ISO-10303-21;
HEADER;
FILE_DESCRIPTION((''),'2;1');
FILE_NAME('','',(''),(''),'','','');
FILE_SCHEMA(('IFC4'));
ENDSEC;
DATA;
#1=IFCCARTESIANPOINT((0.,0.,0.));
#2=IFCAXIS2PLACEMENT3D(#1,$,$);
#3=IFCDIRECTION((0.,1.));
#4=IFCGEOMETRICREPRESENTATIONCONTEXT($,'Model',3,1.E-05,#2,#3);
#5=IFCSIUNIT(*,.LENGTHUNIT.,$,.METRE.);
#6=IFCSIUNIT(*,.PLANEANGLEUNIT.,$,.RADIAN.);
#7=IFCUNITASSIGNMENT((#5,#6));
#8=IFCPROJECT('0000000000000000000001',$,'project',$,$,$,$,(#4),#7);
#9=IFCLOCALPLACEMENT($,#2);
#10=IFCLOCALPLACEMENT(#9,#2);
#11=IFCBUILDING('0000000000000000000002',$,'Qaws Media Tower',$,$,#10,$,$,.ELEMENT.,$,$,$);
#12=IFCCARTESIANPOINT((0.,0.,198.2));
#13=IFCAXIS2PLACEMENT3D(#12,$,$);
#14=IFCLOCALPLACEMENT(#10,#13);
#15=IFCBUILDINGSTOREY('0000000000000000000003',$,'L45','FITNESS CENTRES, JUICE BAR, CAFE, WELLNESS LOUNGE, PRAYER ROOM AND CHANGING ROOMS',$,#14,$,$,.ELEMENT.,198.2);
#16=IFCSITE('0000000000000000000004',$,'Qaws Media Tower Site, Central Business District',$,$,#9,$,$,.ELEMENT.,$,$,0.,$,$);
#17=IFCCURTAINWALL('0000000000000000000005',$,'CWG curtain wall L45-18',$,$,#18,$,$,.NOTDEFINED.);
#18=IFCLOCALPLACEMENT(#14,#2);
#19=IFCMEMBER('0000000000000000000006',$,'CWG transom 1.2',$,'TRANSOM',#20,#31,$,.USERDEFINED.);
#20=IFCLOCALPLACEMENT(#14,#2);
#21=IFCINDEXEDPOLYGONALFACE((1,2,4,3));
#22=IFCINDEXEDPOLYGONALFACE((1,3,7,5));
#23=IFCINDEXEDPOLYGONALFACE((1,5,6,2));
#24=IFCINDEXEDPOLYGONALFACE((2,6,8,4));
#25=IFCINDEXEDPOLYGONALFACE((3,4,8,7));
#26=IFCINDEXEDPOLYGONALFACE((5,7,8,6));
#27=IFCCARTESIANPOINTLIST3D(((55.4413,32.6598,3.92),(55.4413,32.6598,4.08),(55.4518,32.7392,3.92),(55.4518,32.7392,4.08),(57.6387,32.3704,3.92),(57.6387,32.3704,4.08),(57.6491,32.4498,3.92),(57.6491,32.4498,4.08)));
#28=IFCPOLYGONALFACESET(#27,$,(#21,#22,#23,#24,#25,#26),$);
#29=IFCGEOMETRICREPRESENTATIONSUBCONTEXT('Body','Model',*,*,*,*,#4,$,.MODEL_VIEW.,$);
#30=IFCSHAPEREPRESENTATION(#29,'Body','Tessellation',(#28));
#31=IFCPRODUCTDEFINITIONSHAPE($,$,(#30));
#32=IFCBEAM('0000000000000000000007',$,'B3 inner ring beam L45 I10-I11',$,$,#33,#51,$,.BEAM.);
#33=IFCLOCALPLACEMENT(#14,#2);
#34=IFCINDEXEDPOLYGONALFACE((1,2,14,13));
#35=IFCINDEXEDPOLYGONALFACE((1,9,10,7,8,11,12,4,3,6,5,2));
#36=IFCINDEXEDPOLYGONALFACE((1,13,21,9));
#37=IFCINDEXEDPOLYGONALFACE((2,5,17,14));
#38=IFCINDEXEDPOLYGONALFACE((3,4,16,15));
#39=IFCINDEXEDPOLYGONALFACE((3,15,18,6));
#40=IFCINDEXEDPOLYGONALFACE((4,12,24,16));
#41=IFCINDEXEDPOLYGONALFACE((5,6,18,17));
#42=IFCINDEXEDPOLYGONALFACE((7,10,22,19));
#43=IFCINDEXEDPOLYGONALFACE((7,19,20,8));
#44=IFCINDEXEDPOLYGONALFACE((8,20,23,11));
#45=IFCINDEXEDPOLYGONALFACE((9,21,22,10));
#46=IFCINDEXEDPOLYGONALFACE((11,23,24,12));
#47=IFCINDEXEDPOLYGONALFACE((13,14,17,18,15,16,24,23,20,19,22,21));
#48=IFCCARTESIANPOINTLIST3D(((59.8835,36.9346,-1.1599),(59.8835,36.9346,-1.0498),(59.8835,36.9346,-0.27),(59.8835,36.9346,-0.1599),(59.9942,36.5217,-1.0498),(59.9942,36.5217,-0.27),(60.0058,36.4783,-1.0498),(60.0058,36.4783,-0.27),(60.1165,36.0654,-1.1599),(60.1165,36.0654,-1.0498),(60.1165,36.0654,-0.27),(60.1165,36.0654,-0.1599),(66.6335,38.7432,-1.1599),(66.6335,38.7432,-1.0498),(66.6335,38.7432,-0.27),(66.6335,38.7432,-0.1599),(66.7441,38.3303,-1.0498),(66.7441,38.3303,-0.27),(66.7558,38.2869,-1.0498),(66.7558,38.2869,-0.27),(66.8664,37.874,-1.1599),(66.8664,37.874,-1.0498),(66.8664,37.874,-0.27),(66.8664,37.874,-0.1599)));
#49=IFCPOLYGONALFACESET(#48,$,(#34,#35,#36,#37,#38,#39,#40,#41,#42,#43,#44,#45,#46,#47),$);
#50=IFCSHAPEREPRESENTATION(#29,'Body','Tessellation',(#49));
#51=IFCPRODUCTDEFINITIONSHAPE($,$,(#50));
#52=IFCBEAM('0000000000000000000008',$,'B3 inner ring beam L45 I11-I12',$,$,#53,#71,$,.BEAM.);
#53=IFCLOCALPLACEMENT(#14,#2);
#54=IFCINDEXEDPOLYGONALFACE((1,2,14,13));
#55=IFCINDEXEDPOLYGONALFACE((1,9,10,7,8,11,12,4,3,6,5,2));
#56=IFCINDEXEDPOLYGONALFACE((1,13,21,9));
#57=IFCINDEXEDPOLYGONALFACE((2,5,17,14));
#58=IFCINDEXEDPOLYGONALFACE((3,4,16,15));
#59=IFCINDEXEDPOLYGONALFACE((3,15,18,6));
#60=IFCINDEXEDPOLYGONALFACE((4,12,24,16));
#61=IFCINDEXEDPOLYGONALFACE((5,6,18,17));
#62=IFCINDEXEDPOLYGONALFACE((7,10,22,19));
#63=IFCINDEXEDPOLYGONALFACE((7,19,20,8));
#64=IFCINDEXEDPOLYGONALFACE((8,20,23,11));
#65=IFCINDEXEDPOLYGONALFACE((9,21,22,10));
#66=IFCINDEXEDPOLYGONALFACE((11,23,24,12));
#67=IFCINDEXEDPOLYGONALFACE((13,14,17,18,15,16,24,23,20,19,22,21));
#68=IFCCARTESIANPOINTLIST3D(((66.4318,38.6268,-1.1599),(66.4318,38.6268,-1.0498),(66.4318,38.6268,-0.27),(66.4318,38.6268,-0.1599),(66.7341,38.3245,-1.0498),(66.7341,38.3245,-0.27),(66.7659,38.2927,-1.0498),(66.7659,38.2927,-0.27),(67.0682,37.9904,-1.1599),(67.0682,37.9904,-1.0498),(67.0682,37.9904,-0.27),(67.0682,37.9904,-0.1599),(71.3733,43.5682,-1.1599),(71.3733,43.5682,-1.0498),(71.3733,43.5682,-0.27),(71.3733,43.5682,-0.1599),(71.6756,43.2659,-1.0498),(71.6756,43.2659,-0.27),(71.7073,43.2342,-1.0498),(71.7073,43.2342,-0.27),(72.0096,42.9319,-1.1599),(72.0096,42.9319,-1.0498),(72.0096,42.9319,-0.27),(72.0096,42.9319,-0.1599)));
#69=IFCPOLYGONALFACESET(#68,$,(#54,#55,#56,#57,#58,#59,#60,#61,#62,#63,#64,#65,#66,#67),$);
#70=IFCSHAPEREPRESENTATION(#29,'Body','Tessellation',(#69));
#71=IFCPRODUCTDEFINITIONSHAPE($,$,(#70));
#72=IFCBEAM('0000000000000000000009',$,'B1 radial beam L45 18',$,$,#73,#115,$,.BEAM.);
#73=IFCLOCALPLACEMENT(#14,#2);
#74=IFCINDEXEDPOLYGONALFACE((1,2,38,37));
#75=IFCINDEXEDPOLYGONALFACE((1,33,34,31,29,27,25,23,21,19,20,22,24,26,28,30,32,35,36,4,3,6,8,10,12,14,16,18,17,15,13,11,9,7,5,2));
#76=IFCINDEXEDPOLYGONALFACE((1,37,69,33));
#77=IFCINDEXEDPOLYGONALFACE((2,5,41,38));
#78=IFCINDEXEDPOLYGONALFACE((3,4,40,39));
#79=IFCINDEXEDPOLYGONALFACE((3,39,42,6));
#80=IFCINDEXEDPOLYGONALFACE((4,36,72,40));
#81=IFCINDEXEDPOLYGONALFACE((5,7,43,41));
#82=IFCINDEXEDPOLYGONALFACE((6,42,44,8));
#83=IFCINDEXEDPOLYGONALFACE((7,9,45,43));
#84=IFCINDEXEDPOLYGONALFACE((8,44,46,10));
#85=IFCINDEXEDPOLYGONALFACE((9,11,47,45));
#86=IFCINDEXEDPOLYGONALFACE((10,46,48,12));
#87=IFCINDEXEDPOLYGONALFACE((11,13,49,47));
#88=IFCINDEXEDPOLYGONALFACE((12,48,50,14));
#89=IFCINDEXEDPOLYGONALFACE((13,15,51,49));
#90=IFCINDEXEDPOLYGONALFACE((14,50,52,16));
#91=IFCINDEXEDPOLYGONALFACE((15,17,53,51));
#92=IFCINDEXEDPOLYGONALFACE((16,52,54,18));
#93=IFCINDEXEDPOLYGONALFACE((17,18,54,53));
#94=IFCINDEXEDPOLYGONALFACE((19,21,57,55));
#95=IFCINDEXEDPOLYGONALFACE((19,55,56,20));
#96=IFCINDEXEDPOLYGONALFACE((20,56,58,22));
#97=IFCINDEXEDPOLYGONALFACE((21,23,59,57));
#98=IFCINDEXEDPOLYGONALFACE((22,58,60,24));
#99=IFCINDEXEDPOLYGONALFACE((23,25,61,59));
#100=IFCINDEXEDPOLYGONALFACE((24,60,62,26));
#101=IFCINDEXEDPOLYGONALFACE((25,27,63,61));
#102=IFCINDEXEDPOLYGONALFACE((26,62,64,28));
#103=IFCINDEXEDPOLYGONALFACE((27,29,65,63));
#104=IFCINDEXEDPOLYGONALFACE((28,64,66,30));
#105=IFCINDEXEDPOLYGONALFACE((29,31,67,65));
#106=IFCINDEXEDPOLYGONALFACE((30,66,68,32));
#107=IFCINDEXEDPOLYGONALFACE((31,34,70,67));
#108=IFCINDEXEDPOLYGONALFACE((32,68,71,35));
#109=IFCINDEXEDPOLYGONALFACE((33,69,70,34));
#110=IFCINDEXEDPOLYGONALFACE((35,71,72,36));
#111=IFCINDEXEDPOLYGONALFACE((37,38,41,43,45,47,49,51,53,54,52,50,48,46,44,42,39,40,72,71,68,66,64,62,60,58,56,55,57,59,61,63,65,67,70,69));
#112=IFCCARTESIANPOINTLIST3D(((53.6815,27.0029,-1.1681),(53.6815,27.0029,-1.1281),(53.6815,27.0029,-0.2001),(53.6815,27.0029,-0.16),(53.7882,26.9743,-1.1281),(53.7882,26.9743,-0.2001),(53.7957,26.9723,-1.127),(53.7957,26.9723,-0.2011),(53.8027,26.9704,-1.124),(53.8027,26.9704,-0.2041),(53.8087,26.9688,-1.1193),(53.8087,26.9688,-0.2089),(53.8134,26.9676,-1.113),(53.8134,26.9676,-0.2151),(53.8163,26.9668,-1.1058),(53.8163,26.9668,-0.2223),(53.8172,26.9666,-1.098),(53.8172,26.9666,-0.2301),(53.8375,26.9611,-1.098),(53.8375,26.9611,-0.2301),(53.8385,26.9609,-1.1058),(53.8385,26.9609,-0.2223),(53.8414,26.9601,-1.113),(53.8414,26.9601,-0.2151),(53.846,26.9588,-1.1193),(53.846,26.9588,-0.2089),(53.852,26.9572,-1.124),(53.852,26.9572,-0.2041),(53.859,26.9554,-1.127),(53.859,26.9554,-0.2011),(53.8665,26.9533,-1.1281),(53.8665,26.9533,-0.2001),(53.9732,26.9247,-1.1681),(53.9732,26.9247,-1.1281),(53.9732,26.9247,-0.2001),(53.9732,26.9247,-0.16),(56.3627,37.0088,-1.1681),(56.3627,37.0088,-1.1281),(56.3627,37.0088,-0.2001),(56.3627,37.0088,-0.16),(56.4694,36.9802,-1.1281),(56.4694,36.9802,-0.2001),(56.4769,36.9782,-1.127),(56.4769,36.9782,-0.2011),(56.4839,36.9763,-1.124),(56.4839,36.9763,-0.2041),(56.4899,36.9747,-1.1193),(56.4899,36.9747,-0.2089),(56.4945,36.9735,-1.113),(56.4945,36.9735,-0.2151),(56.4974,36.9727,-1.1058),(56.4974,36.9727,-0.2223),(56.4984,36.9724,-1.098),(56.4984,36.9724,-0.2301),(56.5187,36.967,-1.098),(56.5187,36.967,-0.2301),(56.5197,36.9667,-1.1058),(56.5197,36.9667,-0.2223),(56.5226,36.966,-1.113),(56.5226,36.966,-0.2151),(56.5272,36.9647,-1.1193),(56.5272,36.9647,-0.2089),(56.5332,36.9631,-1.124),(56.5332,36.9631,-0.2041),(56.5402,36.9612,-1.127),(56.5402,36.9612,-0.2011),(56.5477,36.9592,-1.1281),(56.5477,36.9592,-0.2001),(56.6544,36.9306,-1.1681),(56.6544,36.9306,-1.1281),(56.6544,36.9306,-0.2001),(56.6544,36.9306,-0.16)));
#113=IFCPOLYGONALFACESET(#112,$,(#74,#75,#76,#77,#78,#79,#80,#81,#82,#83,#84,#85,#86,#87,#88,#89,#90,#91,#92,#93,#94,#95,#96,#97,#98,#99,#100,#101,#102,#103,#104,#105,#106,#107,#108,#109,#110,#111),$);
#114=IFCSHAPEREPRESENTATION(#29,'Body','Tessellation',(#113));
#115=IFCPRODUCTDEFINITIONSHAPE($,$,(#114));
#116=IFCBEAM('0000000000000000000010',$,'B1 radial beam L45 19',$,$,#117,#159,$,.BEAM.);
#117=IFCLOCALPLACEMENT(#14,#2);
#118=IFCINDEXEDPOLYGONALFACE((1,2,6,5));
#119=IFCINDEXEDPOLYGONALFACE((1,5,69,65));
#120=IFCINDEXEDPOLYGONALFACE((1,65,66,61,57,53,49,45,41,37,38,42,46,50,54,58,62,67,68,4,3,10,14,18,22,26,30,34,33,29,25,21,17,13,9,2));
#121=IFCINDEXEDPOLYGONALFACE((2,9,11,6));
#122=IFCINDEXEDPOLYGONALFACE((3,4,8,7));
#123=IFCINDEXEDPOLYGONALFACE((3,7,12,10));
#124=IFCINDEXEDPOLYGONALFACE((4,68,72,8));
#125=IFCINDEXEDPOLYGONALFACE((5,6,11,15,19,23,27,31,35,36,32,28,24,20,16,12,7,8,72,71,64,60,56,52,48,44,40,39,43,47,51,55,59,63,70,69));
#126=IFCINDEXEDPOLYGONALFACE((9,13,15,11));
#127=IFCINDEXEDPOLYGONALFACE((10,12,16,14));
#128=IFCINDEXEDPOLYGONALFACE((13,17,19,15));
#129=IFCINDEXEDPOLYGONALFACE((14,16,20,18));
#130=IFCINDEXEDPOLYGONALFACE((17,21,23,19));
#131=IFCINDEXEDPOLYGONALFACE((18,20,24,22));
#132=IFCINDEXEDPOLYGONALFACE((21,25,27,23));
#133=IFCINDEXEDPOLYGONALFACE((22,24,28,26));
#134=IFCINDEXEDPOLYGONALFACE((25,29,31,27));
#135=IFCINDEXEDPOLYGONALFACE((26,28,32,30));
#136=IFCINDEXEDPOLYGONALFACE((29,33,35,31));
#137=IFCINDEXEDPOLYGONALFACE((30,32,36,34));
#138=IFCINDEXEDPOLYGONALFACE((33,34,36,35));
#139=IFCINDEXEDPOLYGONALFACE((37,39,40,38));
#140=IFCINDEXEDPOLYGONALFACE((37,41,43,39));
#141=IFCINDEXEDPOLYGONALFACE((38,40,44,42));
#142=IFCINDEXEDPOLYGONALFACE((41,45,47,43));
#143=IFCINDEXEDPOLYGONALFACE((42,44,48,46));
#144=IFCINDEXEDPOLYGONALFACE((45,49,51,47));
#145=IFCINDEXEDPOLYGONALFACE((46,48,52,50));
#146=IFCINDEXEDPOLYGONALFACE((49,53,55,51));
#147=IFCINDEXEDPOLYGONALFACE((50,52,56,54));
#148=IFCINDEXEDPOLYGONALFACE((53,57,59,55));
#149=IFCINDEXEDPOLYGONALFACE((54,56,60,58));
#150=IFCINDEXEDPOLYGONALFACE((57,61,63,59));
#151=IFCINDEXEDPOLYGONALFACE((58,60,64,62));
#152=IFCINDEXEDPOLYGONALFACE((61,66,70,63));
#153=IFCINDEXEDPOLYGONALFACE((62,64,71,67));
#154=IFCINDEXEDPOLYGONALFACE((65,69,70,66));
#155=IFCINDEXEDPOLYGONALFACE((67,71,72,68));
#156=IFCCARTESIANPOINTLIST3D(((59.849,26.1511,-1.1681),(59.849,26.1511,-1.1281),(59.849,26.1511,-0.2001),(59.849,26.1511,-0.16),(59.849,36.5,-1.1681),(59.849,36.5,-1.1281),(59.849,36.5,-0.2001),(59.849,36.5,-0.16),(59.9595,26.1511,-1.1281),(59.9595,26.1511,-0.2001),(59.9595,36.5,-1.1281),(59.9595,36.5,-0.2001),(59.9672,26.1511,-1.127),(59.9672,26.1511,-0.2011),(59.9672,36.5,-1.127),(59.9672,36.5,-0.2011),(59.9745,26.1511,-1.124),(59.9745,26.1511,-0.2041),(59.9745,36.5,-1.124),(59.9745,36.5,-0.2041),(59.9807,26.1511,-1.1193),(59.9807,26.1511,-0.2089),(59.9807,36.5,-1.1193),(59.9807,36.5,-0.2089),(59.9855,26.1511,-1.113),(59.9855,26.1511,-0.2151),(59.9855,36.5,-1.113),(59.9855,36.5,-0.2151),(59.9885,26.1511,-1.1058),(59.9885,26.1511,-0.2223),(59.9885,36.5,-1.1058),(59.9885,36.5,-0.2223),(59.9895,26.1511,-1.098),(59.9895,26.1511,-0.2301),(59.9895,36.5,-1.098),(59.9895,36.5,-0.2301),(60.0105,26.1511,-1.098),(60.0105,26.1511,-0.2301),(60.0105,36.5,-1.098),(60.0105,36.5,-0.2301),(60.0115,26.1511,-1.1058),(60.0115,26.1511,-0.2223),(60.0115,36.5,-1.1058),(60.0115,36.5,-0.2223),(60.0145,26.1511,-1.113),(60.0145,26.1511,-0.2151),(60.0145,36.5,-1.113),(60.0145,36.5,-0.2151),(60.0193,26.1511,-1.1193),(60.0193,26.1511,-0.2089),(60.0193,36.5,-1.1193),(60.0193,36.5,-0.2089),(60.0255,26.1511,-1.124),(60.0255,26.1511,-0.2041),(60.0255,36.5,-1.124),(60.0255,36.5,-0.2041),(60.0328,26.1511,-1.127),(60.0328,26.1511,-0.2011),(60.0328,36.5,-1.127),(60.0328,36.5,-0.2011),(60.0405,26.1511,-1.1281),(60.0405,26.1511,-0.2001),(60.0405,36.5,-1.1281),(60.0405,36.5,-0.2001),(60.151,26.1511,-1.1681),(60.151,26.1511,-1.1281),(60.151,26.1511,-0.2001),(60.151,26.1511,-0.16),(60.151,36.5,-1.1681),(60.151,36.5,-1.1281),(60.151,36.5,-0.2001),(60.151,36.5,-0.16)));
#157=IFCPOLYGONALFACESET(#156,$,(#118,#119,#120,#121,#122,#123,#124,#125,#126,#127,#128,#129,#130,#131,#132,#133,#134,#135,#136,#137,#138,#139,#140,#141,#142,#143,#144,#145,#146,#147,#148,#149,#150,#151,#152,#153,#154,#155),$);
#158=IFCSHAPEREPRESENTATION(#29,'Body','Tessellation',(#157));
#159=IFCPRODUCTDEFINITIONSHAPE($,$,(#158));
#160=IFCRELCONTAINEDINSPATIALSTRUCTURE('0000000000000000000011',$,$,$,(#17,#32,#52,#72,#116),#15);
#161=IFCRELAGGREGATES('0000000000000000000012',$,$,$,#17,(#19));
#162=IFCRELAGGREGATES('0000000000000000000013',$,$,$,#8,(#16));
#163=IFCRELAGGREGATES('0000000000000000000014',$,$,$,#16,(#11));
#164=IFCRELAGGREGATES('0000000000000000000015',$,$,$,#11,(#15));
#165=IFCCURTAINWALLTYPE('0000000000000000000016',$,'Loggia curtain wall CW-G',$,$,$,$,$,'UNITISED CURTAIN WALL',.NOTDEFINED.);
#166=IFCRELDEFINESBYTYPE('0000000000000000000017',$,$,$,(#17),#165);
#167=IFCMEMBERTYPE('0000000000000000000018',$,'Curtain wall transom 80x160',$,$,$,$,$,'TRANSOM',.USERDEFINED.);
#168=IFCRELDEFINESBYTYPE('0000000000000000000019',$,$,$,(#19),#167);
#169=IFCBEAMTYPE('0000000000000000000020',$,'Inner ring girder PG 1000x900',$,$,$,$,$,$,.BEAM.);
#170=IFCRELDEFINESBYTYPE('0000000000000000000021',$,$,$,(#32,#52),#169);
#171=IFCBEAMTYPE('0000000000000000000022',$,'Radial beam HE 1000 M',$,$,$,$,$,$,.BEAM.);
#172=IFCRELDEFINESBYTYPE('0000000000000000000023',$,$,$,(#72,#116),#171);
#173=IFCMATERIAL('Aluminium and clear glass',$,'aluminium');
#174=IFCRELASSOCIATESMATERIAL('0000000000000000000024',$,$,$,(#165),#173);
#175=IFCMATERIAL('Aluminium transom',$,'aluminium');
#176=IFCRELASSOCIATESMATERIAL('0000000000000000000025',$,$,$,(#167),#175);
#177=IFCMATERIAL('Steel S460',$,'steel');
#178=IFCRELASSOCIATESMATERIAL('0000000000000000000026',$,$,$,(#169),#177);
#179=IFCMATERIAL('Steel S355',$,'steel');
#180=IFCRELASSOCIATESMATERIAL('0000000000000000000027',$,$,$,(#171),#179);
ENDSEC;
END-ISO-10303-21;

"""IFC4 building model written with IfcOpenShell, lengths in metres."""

from ifc_helpers import new_model, si_unit, direction, frame, origin, origin_2d, place, context, subcontext, project, spatial, rectangle, i_section, extrude, material, material_profile, profile_set, type_object, element, aggregate, save


model = new_model("IFC4")

# Units and contexts
model_context = context("Model", 3, precision=1e-05, world=origin(), true_north=direction((0.0, 1.0)))
body_context = subcontext(model_context, "Body", "Model", "MODEL_VIEW")
ifc_project = project(units=[si_unit("LENGTHUNIT", "METRE"), si_unit("PLANEANGLEUNIT", "RADIAN")], contexts=[model_context])

# Site, building, storey
site_placement = place(None, origin())
site = spatial("IfcSite", under=ifc_project, at=site_placement, Name="Qaws Media Tower Site, Central Business District", CompositionType="ELEMENT", RefElevation=0.0)
building_placement = place(site_placement, origin())
building = spatial("IfcBuilding", under=site, at=building_placement, Name="Qaws Media Tower", CompositionType="ELEMENT")
storey_placement = place(building_placement, frame((0.0, 0.0, 198.2)))
storey = spatial("IfcBuildingStorey", under=building, at=storey_placement, Name="L45", Description="FITNESS CENTRES, JUICE BAR, CAFE, WELLNESS LOUNGE, PRAYER ROOM AND CHANGING ROOMS", CompositionType="ELEMENT", Elevation=198.2)

# Curtain wall, member
ifc_material_1 = material(Name="Aluminium and clear glass", Category="aluminium")
curtain_wall_type = type_object("IfcCurtainWallType", Name="Loggia curtain wall CW-G", ElementType="UNITISED CURTAIN WALL", PredefinedType="NOTDEFINED", material=ifc_material_1)
curtain_wall_placement = place(storey_placement, origin())
curtain_wall = element("IfcCurtainWall", 1, at=curtain_wall_placement, inside=storey, type_object=curtain_wall_type, Name="CWG curtain wall L45-18", PredefinedType="NOTDEFINED")
ifc_material_2 = material(Name="Aluminium transom", Category="aluminium")
ifc_material_profile_1 = material_profile(ifc_material_2, rectangle(XDim=0.0801, YDim=0.1599, at=origin_2d()), Name="80x160")
ifc_profile_set_1 = profile_set([ifc_material_profile_1], Name="Aluminium transom")
member_type = type_object("IfcMemberType", Name="Curtain wall transom 80x160", ElementType="TRANSOM", PredefinedType="USERDEFINED", material=ifc_profile_set_1)
member_placement = place(storey_placement, frame((55.4465, 32.6995, 4.0), z_axis=(0.991443, -0.13054, 0.0), x_axis=(0.13054, 0.991443, 0.0)))
member = element("IfcMember", 2, at=member_placement, type_object=member_type, Name="CWG transom 1.2", ObjectType="TRANSOM", PredefinedType="USERDEFINED", context=body_context, shape_type="SweptSolid", body=[
    extrude(rectangle(XDim=0.0801, YDim=0.1599, at=origin_2d()), origin(), (0.0, 0.0, 1.0), 2.2163),
])
aggregate(curtain_wall, [member])

# Beams
ifc_material_3 = material(Name="Steel S460", Category="steel")
ifc_material_profile_2 = material_profile(ifc_material_3, i_section(OverallWidth=0.8999, OverallDepth=1.0, WebThickness=0.0449, FlangeThickness=0.1101, at=origin_2d()), Name="PG 1000x900")
ifc_profile_set_2 = profile_set([ifc_material_profile_2], Name="Steel S460")
beam_type_1 = type_object("IfcBeamType", Name="Inner ring girder PG 1000x900", PredefinedType="BEAM", material=ifc_profile_set_2)
beam_1_placement = place(storey_placement, frame((60.0, 36.5, -0.6599), z_axis=(0.965928, 0.258811, 0.0), x_axis=(-0.258811, 0.965928, 0.0)))
element("IfcBeam", 3, at=beam_1_placement, inside=storey, type_object=beam_type_1, Name="B3 inner ring beam L45 I10-I11", PredefinedType="BEAM", context=body_context, shape_type="SweptSolid", body=[
    extrude(i_section(OverallWidth=0.8999, OverallDepth=1.0, WebThickness=0.0449, FlangeThickness=0.1101, at=origin_2d()), origin(), (0.0, 0.0, 1.0), 6.988),
])
beam_2_placement = place(storey_placement, frame((66.75, 38.3086, -0.6599), z_axis=(0.707107, 0.707107, 0.0), x_axis=(-0.707107, 0.707107, 0.0)))
element("IfcBeam", 4, at=beam_2_placement, inside=storey, type_object=beam_type_1, Name="B3 inner ring beam L45 I11-I12", PredefinedType="BEAM", context=body_context, shape_type="SweptSolid", body=[
    extrude(i_section(OverallWidth=0.8999, OverallDepth=1.0, WebThickness=0.0449, FlangeThickness=0.1101, at=origin_2d()), origin(), (0.0, 0.0, 1.0), 6.9883),
])
ifc_material_4 = material(Name="Steel S355", Category="steel")
ifc_material_profile_3 = material_profile(ifc_material_4, i_section(OverallWidth=0.302, OverallDepth=1.0081, WebThickness=0.021, FlangeThickness=0.04, FilletRadius=0.03, at=origin_2d()), Name="HE 1000 M")
ifc_profile_set_3 = profile_set([ifc_material_profile_3], Name="Steel S355")
beam_type_2 = type_object("IfcBeamType", Name="Radial beam HE 1000 M", PredefinedType="BEAM", material=ifc_profile_set_3)
beam_3_placement = place(storey_placement, frame((56.5085, 36.9697, -0.6641), z_axis=(-0.258827, -0.965924, 0.0), x_axis=(0.965924, -0.258827, 0.0)))
element("IfcBeam", 5, at=beam_3_placement, inside=storey, type_object=beam_type_2, Name="B1 radial beam L45 18", PredefinedType="BEAM", context=body_context, shape_type="SweptSolid", body=[
    extrude(i_section(OverallWidth=0.302, OverallDepth=1.0081, WebThickness=0.021, FlangeThickness=0.04, FilletRadius=0.03, at=origin_2d()), origin(), (0.0, 0.0, 1.0), 10.3589),
])
beam_4_placement = place(storey_placement, frame((60.0, 36.5, -0.6641), z_axis=(0.0, -1.0, 0.0), x_axis=(1.0, 0.0, 0.0)))
element("IfcBeam", 6, at=beam_4_placement, inside=storey, type_object=beam_type_2, Name="B1 radial beam L45 19", PredefinedType="BEAM", context=body_context, shape_type="SweptSolid", body=[
    extrude(i_section(OverallWidth=0.302, OverallDepth=1.0081, WebThickness=0.021, FlangeThickness=0.04, FilletRadius=0.03, at=origin_2d()), origin(), (0.0, 0.0, 1.0), 10.3489),
])

save(model, "model.ifc")
